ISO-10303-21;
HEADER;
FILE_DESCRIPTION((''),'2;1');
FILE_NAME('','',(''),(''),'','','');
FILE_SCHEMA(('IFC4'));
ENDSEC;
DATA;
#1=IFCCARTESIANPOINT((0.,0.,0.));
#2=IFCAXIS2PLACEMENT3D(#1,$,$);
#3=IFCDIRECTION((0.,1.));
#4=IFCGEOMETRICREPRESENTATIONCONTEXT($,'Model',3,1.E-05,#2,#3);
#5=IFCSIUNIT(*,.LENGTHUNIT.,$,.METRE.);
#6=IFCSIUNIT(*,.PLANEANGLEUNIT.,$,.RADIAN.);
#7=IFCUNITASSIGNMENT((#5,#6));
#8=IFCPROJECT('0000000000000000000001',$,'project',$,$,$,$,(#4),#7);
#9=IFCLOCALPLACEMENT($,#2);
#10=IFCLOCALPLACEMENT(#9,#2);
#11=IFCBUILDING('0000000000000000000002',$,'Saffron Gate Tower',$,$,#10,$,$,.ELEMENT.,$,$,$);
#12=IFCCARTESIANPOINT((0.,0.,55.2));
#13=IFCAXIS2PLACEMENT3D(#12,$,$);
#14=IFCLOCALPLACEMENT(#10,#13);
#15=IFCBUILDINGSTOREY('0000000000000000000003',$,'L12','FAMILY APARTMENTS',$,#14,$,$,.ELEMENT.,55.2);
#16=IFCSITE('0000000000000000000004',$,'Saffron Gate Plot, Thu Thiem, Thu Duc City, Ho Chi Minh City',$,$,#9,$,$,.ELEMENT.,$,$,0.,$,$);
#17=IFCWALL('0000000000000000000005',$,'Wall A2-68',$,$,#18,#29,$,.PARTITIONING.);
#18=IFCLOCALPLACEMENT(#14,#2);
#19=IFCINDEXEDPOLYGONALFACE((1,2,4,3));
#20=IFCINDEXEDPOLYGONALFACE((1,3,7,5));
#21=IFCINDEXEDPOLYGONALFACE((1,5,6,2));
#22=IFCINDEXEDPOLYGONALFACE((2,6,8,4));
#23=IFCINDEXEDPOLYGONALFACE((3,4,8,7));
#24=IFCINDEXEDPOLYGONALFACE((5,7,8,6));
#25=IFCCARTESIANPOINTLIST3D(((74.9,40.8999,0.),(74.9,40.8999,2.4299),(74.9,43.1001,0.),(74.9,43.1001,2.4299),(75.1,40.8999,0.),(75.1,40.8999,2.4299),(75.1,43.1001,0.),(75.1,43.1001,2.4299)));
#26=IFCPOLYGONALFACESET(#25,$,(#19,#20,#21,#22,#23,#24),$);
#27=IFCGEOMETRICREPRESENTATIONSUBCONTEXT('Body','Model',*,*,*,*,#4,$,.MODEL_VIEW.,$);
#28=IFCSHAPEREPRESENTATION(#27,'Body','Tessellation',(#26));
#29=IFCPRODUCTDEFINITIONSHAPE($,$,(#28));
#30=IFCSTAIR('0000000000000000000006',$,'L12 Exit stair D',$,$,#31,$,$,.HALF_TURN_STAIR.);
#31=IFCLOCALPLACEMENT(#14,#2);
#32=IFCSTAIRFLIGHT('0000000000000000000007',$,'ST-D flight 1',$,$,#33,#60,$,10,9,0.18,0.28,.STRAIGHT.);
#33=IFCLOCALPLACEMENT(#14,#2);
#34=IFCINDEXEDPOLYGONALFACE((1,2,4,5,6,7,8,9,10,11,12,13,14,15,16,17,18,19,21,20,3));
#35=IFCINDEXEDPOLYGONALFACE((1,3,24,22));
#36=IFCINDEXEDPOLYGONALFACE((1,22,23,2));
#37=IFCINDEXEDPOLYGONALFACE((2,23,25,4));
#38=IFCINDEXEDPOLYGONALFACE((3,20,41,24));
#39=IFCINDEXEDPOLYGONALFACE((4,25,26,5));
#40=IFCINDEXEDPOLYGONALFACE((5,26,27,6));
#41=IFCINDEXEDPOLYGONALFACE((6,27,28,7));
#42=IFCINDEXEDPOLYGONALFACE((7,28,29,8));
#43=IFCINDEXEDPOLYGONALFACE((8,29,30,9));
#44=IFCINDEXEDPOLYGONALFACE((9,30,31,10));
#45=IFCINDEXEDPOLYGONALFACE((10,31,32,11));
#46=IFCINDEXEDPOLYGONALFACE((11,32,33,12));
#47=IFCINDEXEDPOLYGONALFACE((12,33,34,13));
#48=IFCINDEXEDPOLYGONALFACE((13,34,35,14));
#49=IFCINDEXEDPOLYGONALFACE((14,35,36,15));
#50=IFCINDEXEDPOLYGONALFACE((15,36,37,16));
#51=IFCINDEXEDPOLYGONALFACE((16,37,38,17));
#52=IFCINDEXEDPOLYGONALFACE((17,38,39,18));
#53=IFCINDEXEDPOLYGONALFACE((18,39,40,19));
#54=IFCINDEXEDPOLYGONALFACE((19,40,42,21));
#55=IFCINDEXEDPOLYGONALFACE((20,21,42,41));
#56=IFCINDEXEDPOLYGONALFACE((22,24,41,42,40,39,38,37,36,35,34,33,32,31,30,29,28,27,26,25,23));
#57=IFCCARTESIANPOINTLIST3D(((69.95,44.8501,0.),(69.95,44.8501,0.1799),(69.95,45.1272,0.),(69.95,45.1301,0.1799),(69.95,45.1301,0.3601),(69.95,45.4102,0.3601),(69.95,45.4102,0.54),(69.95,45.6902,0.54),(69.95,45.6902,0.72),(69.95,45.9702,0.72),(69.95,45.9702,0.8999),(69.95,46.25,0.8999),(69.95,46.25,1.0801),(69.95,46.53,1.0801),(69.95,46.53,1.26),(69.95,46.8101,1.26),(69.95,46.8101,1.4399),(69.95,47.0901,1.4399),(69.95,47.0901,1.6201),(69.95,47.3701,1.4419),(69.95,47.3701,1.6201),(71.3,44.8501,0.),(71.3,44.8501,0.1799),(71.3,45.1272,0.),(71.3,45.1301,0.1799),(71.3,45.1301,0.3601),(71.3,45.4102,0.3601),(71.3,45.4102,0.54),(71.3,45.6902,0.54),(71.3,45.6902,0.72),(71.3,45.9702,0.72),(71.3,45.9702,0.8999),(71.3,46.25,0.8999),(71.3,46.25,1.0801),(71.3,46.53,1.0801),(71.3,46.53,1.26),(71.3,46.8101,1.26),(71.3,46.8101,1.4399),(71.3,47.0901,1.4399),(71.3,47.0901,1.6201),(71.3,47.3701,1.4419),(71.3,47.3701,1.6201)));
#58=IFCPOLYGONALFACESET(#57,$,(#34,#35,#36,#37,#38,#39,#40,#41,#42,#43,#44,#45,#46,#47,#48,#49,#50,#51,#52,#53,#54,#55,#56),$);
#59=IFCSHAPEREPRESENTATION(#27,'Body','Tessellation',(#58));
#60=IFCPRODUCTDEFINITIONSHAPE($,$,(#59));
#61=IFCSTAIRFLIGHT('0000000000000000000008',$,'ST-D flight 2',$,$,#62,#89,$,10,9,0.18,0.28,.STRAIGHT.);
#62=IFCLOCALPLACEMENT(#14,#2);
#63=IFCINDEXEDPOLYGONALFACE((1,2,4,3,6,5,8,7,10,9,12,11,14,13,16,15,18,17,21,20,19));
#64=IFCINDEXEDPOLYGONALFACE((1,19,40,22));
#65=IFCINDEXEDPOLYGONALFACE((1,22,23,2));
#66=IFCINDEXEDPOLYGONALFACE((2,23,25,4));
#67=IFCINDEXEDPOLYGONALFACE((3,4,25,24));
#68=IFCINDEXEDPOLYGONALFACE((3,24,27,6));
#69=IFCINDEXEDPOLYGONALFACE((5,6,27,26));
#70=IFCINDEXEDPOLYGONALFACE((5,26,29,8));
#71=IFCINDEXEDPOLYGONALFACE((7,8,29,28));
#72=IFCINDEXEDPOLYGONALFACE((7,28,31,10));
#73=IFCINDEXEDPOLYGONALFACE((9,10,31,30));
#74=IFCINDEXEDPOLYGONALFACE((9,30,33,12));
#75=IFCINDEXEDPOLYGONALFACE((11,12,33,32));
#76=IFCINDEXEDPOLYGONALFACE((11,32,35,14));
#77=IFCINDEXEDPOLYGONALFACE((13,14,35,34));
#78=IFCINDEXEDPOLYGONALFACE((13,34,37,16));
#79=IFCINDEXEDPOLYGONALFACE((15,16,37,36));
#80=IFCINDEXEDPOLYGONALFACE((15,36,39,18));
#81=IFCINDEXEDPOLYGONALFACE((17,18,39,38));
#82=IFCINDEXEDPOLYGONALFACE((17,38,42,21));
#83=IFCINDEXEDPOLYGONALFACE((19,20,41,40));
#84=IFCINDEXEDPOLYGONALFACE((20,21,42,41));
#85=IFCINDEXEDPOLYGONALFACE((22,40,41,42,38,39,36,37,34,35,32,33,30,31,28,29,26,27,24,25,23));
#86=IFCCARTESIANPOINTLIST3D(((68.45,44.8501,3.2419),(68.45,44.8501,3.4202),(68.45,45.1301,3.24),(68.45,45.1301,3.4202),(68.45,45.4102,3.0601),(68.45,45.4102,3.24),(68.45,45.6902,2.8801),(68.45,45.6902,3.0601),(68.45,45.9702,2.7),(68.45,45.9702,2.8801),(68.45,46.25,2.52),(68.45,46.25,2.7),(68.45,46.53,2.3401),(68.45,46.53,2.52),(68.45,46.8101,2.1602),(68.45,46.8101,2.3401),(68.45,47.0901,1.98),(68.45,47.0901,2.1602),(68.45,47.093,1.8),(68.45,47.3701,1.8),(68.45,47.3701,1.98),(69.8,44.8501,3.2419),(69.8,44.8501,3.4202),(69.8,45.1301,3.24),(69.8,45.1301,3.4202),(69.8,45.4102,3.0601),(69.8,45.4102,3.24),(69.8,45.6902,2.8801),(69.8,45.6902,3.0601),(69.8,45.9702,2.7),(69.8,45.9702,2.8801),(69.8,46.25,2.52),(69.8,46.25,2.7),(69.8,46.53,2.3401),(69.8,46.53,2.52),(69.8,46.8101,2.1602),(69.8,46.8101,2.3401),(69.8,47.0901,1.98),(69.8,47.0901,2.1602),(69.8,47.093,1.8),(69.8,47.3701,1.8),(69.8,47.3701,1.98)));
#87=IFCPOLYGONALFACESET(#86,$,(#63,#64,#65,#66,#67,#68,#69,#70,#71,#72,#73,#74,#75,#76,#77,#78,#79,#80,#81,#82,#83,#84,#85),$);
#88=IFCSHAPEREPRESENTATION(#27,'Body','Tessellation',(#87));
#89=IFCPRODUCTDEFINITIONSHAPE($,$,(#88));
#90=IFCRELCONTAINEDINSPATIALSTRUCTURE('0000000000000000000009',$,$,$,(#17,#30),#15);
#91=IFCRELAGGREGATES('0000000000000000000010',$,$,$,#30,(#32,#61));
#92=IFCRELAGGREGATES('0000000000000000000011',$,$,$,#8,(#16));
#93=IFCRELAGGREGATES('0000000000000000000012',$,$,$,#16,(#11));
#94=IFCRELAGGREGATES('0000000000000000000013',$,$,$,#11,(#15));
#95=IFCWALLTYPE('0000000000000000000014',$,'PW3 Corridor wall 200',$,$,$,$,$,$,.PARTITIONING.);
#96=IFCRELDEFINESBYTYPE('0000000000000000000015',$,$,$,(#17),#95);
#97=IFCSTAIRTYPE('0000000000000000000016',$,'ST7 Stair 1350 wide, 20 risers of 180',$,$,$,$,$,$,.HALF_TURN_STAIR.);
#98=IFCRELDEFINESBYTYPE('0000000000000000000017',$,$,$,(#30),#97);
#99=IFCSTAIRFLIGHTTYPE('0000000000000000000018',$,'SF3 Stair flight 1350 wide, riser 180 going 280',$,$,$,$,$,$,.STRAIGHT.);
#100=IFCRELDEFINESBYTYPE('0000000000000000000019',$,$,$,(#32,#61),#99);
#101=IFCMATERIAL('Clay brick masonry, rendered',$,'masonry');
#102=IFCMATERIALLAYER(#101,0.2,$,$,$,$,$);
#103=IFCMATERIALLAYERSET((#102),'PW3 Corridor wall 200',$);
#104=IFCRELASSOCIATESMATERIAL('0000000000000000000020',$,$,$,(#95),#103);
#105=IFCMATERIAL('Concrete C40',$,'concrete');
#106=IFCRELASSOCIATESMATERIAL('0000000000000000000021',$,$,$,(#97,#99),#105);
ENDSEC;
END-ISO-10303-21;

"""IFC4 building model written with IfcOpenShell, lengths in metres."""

from ifc_helpers import new_model, si_unit, direction, frame, frame_2d, origin, place, context, subcontext, project, spatial, polyline, rectangle, outline, extrude, material, layer, layer_set, type_object, element, aggregate, save


model = new_model("IFC4")

# Units and contexts
model_context = context("Model", 3, precision=1e-05, world=origin(), true_north=direction((0.0, 1.0)))
body_context = subcontext(model_context, "Body", "Model", "MODEL_VIEW")
ifc_project = project(units=[si_unit("LENGTHUNIT", "METRE"), si_unit("PLANEANGLEUNIT", "RADIAN")], contexts=[model_context])

# Site, building, storey
site_placement = place(None, origin())
site = spatial("IfcSite", under=ifc_project, at=site_placement, Name="Saffron Gate Plot, Thu Thiem, Thu Duc City, Ho Chi Minh City", CompositionType="ELEMENT", RefElevation=0.0)
building_placement = place(site_placement, origin())
building = spatial("IfcBuilding", under=site, at=building_placement, Name="Saffron Gate Tower", CompositionType="ELEMENT")
storey_placement = place(building_placement, frame((0.0, 0.0, 55.2)))
storey = spatial("IfcBuildingStorey", under=building, at=storey_placement, Name="L12", Description="FAMILY APARTMENTS", CompositionType="ELEMENT", Elevation=55.2)

# Shared definitions
ifc_material_1 = material(Name="Clay brick masonry, rendered", Category="masonry")
ifc_layer_1 = layer(ifc_material_1, 0.2)
ifc_layer_set_1 = layer_set([ifc_layer_1], Name="PW3 Corridor wall 200")
wall_type_1 = type_object("IfcWallType", Name="PW3 Corridor wall 200", PredefinedType="PARTITIONING", material=ifc_layer_set_1)

# Wall
wall_1_placement = place(storey_placement, frame((75.0, 43.1001, 0.0), z_axis=(0.0, 0.0, 1.0), x_axis=(0.0, -1.0, 0.0)))
element("IfcWall", 1, at=wall_1_placement, inside=storey, type_object=wall_type_1, Name="Wall A2-68", PredefinedType="PARTITIONING", context=body_context, shape_type="SweptSolid", body=[
    extrude(rectangle(XDim=2.2002, YDim=0.2, at=frame_2d((1.1001, 0.0))), origin(), (0.0, 0.0, 1.0), 2.4299),
])

# Stair, stair flights
ifc_material_2 = material(Name="Concrete C40", Category="concrete")
stair_type = type_object("IfcStairType", Name="ST7 Stair 1350 wide, 20 risers of 180", PredefinedType="HALF_TURN_STAIR", material=ifc_material_2)
stair_placement = place(storey_placement, origin())
stair = element("IfcStair", 2, at=stair_placement, inside=storey, type_object=stair_type, Name="L12 Exit stair D", PredefinedType="HALF_TURN_STAIR")
stair_flight_type = type_object("IfcStairFlightType", Name="SF3 Stair flight 1350 wide, riser 180 going 280", PredefinedType="STRAIGHT", material=ifc_material_2)
stair_flight_1_placement = place(storey_placement, frame((70.625, 44.8501, 0.0), z_axis=(0.0, 0.0, 1.0), x_axis=(0.0, 1.0, 0.0)))
stair_flight_1 = element("IfcStairFlight", 3, at=stair_flight_1_placement, type_object=stair_flight_type, Name="ST-D flight 1", NumberOfRisers=10, NumberOfTreads=9, PredefinedType="STRAIGHT", RiserHeight=0.18, TreadLength=0.28, context=body_context, shape_type="SweptSolid", body=[
    extrude(outline(polyline([(0.0, 0.0), (0.0, 0.1799), (0.28, 0.1799), (0.28, 0.3601), (0.5601, 0.3601), (0.5601, 0.54), (0.8401, 0.54), (0.8401, 0.72), (1.1201, 0.72), (1.1201, 0.8999), (1.3999, 0.8999), (1.3999, 1.0801), (1.6799, 1.0801), (1.6799, 1.26), (1.96, 1.26), (1.96, 1.4399), (2.24, 1.4399), (2.24, 1.6201), (2.52, 1.6201), (2.52, 1.8), (2.52, 1.4419), (0.2771, 0.0), (0.0, 0.0)])), frame((0.0, 0.675, 0.0), z_axis=(0.0, -1.0, 0.0), x_axis=(1.0, 0.0, 0.0)), (0.0, 0.0, 1.0), 1.3501),
])
stair_flight_2_placement = place(storey_placement, frame((69.125, 47.3701, 1.8), z_axis=(0.0, 0.0, 1.0), x_axis=(0.0, -1.0, 0.0)))
stair_flight_2 = element("IfcStairFlight", 4, at=stair_flight_2_placement, type_object=stair_flight_type, Name="ST-D flight 2", NumberOfRisers=10, NumberOfTreads=9, PredefinedType="STRAIGHT", RiserHeight=0.18, TreadLength=0.28, context=body_context, shape_type="SweptSolid", body=[
    extrude(outline(polyline([(0.0, 0.0), (0.0, 0.1799), (0.28, 0.1799), (0.28, 0.3601), (0.5601, 0.3601), (0.5601, 0.54), (0.8401, 0.54), (0.8401, 0.72), (1.1201, 0.72), (1.1201, 0.8999), (1.3999, 0.8999), (1.3999, 1.0801), (1.6799, 1.0801), (1.6799, 1.26), (1.96, 1.26), (1.96, 1.4399), (2.24, 1.4399), (2.24, 1.6201), (2.52, 1.6201), (2.52, 1.8), (2.52, 1.4419), (0.2771, 0.0), (0.0, 0.0)])), frame((0.0, 0.675, 0.0), z_axis=(0.0, -1.0, 0.0), x_axis=(1.0, 0.0, 0.0)), (0.0, 0.0, 1.0), 1.3501),
])
aggregate(stair, [stair_flight_1, stair_flight_2])

save(model, "model.ifc")
